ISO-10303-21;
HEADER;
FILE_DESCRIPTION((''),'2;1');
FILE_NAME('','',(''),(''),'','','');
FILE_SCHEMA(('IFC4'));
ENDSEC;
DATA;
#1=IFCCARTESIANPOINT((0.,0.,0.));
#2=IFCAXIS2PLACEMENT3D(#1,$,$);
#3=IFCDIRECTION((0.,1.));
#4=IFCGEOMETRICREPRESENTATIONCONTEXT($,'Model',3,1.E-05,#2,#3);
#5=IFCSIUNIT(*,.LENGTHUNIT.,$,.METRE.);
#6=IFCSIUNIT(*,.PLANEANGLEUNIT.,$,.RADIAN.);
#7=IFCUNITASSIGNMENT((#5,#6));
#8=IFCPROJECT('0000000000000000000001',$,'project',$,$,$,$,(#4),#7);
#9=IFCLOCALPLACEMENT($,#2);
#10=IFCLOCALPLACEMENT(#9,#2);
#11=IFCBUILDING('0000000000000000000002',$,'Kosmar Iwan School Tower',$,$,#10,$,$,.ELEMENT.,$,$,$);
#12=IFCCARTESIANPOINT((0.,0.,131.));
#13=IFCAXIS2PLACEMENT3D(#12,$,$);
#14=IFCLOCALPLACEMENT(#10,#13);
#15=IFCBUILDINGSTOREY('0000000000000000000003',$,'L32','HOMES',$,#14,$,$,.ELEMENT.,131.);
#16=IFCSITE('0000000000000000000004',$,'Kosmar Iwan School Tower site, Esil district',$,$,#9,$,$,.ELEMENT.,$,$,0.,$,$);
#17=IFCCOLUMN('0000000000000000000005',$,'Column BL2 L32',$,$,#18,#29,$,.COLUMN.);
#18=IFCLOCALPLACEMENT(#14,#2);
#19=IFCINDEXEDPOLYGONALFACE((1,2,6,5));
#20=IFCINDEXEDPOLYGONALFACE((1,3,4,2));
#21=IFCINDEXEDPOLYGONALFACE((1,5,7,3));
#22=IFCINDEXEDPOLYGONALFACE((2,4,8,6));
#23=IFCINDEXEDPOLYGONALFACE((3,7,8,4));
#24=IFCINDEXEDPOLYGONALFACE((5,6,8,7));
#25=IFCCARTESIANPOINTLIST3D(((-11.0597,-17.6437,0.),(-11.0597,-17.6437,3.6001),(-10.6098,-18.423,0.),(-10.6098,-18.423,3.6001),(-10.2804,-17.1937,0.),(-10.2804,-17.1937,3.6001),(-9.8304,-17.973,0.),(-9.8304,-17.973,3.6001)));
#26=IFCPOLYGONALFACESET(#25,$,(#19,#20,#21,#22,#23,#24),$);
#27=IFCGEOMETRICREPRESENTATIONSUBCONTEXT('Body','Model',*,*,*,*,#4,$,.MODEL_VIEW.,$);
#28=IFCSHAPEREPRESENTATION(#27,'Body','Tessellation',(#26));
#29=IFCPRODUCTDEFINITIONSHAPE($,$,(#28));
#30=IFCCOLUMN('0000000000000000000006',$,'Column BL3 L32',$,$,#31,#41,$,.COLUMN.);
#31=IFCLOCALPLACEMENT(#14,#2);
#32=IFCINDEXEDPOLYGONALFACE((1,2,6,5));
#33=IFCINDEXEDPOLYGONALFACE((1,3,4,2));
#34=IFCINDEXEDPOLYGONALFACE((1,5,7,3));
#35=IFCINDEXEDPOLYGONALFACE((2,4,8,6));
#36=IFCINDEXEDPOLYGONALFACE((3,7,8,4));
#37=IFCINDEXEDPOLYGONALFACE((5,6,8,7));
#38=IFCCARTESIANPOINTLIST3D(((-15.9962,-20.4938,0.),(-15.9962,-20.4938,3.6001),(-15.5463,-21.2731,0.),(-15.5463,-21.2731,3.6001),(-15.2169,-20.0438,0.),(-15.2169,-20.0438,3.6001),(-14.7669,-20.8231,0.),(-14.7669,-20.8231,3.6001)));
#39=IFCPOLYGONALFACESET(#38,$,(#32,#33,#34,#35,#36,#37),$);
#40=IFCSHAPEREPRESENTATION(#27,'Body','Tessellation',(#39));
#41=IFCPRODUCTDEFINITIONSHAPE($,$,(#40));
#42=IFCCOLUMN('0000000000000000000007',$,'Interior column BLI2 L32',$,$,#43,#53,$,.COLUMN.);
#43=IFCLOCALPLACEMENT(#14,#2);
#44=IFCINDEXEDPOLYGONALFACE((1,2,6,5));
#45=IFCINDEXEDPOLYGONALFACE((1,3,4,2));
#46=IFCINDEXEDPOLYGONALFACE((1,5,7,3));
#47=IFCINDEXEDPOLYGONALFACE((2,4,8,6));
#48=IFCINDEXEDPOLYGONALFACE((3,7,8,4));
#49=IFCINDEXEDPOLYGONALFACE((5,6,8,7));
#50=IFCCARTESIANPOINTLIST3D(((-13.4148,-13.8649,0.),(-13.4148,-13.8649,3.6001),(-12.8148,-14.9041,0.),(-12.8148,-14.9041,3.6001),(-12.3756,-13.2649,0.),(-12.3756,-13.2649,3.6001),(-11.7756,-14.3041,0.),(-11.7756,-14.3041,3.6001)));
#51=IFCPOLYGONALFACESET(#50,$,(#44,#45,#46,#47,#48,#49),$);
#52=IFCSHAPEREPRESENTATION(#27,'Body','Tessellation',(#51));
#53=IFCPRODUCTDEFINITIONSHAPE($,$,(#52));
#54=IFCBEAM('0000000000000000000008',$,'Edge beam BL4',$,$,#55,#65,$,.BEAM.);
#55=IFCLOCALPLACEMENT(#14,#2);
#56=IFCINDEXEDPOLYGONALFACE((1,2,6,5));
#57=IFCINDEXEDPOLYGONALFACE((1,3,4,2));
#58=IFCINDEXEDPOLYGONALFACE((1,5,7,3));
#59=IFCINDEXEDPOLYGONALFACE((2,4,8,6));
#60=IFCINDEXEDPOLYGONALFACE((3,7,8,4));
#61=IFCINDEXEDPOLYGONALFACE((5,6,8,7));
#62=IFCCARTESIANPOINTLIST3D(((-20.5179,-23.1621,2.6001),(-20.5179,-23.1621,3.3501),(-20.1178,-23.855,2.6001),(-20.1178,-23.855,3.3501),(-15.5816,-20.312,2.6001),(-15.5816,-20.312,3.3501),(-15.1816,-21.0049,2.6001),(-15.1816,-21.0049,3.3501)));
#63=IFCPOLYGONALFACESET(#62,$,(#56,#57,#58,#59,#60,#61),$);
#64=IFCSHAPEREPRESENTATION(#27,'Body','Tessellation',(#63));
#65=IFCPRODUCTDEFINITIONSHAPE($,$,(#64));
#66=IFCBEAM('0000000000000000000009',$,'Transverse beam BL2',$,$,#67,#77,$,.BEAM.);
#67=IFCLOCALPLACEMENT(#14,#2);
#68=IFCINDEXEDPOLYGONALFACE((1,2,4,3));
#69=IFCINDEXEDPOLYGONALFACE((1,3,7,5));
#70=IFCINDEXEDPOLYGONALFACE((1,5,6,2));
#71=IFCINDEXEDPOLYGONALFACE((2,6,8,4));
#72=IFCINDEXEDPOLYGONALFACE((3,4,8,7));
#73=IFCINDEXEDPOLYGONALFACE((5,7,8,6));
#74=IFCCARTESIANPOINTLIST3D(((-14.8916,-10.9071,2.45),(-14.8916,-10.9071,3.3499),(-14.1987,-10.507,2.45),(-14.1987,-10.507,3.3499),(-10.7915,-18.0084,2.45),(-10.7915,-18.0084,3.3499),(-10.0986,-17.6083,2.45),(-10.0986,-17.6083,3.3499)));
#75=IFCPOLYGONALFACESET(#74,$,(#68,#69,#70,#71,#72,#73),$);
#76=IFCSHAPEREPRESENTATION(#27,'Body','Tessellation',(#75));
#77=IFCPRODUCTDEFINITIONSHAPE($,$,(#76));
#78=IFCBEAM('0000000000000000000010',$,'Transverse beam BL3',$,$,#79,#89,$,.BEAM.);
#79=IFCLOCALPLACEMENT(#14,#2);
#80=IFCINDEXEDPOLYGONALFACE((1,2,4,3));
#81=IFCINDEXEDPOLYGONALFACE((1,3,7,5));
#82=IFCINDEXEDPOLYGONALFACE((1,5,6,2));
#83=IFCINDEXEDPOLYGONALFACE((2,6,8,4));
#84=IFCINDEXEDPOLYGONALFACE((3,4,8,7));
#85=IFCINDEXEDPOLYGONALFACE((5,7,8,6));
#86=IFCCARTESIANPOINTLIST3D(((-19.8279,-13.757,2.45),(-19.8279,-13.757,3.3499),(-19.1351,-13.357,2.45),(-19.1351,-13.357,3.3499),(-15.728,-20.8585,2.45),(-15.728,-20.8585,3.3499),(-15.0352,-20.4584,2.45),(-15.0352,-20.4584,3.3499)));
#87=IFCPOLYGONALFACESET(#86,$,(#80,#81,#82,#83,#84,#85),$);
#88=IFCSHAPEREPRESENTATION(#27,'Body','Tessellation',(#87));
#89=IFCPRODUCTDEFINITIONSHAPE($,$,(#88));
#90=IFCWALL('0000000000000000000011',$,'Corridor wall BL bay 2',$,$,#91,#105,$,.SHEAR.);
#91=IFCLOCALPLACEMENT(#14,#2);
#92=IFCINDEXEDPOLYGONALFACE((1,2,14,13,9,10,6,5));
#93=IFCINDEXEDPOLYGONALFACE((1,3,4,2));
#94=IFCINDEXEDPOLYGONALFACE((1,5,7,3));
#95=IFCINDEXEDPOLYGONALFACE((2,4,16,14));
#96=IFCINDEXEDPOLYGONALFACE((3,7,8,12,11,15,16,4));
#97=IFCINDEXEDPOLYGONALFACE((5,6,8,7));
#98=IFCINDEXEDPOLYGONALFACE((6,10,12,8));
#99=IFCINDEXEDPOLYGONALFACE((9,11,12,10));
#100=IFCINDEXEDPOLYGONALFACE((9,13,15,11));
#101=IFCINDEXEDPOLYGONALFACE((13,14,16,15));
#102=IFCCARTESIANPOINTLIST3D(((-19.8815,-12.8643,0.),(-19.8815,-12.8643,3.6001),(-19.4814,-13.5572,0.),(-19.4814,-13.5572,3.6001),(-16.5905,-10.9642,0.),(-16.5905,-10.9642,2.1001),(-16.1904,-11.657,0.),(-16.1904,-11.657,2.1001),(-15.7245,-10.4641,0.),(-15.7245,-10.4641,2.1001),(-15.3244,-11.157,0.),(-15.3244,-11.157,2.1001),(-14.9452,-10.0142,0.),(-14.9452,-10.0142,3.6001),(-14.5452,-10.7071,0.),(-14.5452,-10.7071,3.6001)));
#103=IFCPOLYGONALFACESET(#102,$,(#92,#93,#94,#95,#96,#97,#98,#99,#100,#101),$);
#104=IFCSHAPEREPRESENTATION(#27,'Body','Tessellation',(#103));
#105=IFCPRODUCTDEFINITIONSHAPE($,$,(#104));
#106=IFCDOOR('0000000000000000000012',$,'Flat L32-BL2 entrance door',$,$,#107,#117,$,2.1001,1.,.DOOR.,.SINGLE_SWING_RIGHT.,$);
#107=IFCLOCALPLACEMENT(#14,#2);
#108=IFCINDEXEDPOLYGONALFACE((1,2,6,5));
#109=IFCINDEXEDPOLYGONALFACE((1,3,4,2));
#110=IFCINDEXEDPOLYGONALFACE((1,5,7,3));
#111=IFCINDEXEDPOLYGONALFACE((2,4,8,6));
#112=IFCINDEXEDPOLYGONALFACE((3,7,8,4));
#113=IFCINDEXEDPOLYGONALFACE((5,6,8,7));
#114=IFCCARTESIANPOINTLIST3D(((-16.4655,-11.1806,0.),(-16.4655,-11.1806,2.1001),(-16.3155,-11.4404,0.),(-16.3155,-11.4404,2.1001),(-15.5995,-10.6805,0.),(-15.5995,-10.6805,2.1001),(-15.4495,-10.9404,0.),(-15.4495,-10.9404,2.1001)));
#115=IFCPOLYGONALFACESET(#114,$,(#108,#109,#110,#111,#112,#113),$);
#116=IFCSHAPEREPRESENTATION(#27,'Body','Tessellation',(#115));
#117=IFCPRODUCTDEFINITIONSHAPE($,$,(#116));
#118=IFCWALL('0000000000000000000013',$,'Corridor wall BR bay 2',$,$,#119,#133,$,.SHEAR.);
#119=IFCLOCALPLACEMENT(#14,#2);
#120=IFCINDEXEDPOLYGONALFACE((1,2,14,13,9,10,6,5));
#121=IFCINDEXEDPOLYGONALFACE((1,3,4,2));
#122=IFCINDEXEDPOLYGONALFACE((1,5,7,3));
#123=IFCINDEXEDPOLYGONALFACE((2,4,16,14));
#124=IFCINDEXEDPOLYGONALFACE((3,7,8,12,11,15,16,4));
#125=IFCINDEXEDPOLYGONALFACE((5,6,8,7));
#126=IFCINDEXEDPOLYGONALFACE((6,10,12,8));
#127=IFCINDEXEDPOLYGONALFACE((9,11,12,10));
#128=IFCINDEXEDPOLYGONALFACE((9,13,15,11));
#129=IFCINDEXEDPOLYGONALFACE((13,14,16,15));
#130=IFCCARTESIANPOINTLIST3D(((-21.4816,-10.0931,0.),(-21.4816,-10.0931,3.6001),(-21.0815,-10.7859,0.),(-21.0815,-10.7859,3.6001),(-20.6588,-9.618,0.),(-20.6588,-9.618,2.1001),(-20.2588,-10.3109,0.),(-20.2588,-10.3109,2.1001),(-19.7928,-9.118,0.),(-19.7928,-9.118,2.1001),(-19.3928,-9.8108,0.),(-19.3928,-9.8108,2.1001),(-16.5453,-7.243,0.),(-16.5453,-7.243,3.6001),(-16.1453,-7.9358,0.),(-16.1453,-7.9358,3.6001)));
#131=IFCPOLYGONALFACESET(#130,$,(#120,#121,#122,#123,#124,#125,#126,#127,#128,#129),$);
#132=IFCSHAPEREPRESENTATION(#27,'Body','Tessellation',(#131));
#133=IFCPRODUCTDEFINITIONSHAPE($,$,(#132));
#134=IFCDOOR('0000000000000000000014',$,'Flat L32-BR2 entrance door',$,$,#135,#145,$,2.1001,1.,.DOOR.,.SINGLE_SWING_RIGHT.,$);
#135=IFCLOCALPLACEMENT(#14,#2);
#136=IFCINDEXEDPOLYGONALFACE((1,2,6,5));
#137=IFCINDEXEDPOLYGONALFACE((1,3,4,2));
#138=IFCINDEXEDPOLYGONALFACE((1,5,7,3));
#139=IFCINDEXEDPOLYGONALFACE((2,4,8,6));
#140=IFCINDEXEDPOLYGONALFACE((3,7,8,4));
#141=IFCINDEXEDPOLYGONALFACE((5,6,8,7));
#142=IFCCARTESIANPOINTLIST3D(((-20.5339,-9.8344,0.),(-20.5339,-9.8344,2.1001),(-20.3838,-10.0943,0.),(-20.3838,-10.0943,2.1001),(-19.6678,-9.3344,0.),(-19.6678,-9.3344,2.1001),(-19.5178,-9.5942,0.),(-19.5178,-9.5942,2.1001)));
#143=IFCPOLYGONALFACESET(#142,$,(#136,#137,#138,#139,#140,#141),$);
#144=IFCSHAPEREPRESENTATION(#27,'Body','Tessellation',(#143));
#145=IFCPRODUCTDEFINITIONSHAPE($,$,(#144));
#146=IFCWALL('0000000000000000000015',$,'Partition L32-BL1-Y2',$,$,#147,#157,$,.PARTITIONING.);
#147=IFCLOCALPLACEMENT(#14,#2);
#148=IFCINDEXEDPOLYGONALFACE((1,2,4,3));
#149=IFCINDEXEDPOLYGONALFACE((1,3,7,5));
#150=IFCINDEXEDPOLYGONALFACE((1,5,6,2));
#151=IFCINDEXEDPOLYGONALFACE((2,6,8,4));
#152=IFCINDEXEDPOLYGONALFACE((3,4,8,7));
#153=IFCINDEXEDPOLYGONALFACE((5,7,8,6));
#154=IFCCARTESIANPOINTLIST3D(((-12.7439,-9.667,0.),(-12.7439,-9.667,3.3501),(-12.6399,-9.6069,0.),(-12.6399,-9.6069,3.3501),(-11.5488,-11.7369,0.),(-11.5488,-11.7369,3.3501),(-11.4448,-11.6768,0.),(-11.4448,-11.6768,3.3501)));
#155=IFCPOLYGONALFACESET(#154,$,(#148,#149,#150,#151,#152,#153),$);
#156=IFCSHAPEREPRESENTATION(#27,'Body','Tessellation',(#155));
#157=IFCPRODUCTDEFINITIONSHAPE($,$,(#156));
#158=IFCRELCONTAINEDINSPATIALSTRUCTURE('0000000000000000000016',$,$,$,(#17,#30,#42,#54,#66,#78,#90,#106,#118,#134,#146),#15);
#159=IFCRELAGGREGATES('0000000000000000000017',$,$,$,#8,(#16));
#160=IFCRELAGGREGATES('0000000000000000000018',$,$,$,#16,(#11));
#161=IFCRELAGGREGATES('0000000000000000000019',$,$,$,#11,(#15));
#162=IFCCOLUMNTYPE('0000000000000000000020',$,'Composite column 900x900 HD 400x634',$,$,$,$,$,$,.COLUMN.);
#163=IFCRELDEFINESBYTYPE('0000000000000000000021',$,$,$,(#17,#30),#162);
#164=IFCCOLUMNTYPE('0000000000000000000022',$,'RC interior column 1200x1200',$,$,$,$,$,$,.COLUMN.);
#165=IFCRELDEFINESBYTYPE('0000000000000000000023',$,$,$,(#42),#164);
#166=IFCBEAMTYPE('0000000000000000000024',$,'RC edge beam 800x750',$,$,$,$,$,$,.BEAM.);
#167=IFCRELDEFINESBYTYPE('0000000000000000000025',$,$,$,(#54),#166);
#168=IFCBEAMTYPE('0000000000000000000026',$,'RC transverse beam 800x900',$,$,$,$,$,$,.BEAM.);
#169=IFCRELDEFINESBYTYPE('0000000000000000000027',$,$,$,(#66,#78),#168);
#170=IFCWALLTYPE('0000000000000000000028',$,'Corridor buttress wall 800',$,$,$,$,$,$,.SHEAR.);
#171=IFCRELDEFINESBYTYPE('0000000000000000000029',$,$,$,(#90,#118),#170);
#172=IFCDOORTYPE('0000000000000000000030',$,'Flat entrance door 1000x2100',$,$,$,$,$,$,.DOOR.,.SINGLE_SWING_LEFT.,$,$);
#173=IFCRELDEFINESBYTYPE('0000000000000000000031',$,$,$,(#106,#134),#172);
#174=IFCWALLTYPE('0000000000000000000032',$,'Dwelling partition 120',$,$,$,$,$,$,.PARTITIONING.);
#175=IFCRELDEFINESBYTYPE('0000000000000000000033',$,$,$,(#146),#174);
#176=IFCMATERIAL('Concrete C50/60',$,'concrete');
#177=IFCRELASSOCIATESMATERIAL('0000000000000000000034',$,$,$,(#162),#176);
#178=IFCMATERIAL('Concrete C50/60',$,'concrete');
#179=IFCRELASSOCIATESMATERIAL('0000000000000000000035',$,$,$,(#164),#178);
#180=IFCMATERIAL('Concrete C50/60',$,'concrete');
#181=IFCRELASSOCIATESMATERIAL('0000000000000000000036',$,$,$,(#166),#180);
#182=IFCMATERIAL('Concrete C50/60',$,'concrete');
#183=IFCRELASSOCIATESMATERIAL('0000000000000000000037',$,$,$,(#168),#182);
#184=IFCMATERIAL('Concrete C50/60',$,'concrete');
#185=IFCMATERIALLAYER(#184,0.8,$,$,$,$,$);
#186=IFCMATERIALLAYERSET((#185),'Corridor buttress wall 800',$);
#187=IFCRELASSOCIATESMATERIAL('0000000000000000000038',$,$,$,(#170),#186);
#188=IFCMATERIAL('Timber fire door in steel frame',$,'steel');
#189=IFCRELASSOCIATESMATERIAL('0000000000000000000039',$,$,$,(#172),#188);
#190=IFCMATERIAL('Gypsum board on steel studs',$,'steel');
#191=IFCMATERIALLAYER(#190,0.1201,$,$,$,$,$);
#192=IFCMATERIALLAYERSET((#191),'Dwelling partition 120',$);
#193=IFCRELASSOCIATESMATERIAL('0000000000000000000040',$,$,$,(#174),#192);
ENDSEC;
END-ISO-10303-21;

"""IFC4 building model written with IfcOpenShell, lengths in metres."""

from ifc_helpers import new_model, si_unit, direction, frame, frame_2d, origin, origin_2d, place, context, subcontext, project, spatial, rectangle, extrude, material, layer, layer_set, material_profile, profile_set, type_object, element, fill, save


model = new_model("IFC4")

# Units and contexts
model_context = context("Model", 3, precision=1e-05, world=origin(), true_north=direction((0.0, 1.0)))
body_context = subcontext(model_context, "Body", "Model", "MODEL_VIEW")
ifc_project = project(units=[si_unit("LENGTHUNIT", "METRE"), si_unit("PLANEANGLEUNIT", "RADIAN")], contexts=[model_context])

# Site, building, storey
site_placement = place(None, origin())
site = spatial("IfcSite", under=ifc_project, at=site_placement, Name="Kosmar Iwan School Tower site, Esil district", CompositionType="ELEMENT", RefElevation=0.0)
building_placement = place(site_placement, origin())
building = spatial("IfcBuilding", under=site, at=building_placement, Name="Kosmar Iwan School Tower", CompositionType="ELEMENT")
storey_placement = place(building_placement, frame((0.0, 0.0, 131.0)))
storey = spatial("IfcBuildingStorey", under=building, at=storey_placement, Name="L32", Description="HOMES", CompositionType="ELEMENT", Elevation=131.0)

# Columns
ifc_material_1 = material(Name="Concrete C50/60", Category="concrete")
ifc_material_profile_1 = material_profile(ifc_material_1, rectangle(XDim=0.8999, YDim=0.8999, at=origin_2d()), Name="RC 900x900 + HD 400x634")
ifc_profile_set_1 = profile_set([ifc_material_profile_1], Name="Concrete C50/60")
column_type_1 = type_object("IfcColumnType", Name="Composite column 900x900 HD 400x634", PredefinedType="COLUMN", material=ifc_profile_set_1)
for number, where, z_axis, x_axis, name in (
    (1, (-10.4451, -17.8083, 0.0), (0.0, 0.0, 1.0), (-0.866025, -0.5, 0.0), "Column BL2 L32"),
    (2, (-15.3816, -20.6584, 0.0), (0.0, 0.0, 1.0), (-0.866025, -0.5, 0.0), "Column BL3 L32"),
):
    element("IfcColumn", number, at=place(storey_placement, frame(where, z_axis=z_axis, x_axis=x_axis)), inside=storey, type_object=column_type_1, Name=name, PredefinedType="COLUMN", context=body_context, shape_type="SweptSolid", body=[
        extrude(rectangle(XDim=0.8999, YDim=0.8999, at=origin_2d()), origin(), (0.0, 0.0, 1.0), 3.6001),
    ])
ifc_material_2 = material(Name="Concrete C50/60", Category="concrete")
ifc_material_profile_2 = material_profile(ifc_material_2, rectangle(XDim=1.2, YDim=1.2, at=origin_2d()), Name="RC 1200x1200")
ifc_profile_set_2 = profile_set([ifc_material_profile_2], Name="Concrete C50/60")
column_type_2 = type_object("IfcColumnType", Name="RC interior column 1200x1200", PredefinedType="COLUMN", material=ifc_profile_set_2)
column_placement = place(storey_placement, frame((-12.5952, -14.0845, 0.0), z_axis=(0.0, 0.0, 1.0), x_axis=(-0.866025, -0.5, 0.0)))
element("IfcColumn", 3, at=column_placement, inside=storey, type_object=column_type_2, Name="Interior column BLI2 L32", PredefinedType="COLUMN", context=body_context, shape_type="SweptSolid", body=[
    extrude(rectangle(XDim=1.2, YDim=1.2, at=origin_2d()), origin(), (0.0, 0.0, 1.0), 3.6001),
])

# Beams
ifc_material_3 = material(Name="Concrete C50/60", Category="concrete")
ifc_material_profile_3 = material_profile(ifc_material_3, rectangle(XDim=0.8, YDim=0.75, at=origin_2d()), Name="RC 800x750")
ifc_profile_set_3 = profile_set([ifc_material_profile_3], Name="Concrete C50/60")
beam_type_1 = type_object("IfcBeamType", Name="RC edge beam 800x750", PredefinedType="BEAM", material=ifc_profile_set_3)
beam_placement = place(storey_placement, frame((-15.3816, -20.6584, 2.9751), z_axis=(-0.866015, -0.500018, 0.0), x_axis=(0.500018, -0.866015, 0.0)))
element("IfcBeam", 4, at=beam_placement, inside=storey, type_object=beam_type_1, Name="Edge beam BL4", PredefinedType="BEAM", context=body_context, shape_type="SweptSolid", body=[
    extrude(rectangle(XDim=0.8, YDim=0.75, at=origin_2d()), origin(), (0.0, 0.0, 1.0), 5.7),
])
ifc_material_4 = material(Name="Concrete C50/60", Category="concrete")
ifc_material_profile_4 = material_profile(ifc_material_4, rectangle(XDim=0.8, YDim=0.8999, at=origin_2d()), Name="RC 800x900")
ifc_profile_set_4 = profile_set([ifc_material_profile_4], Name="Concrete C50/60")
beam_type_2 = type_object("IfcBeamType", Name="RC transverse beam 800x900", PredefinedType="BEAM", material=ifc_profile_set_4)
for number, where, z_axis, x_axis, name in (
    (5, (-10.4451, -17.8083, 2.8999), (-0.500014, 0.866018, 0.0), (-0.866018, -0.500014, 0.0), "Transverse beam BL2"),
    (6, (-15.3816, -20.6584, 2.8999), (-0.499991, 0.86603, 0.0), (-0.86603, -0.499991, 0.0), "Transverse beam BL3"),
):
    element("IfcBeam", number, at=place(storey_placement, frame(where, z_axis=z_axis, x_axis=x_axis)), inside=storey, type_object=beam_type_2, Name=name, PredefinedType="BEAM", context=body_context, shape_type="SweptSolid", body=[
        extrude(rectangle(XDim=0.8, YDim=0.8999, at=origin_2d()), origin(), (0.0, 0.0, 1.0), 8.2),
    ])

# Walls, openings, doors
ifc_material_5 = material(Name="Concrete C50/60", Category="concrete")
ifc_layer_1 = layer(ifc_material_5, 0.8)
ifc_layer_set_1 = layer_set([ifc_layer_1], Name="Corridor buttress wall 800")
wall_type_1 = type_object("IfcWallType", Name="Corridor buttress wall 800", PredefinedType="SHEAR", material=ifc_layer_set_1)
wall_1_placement = place(storey_placement, frame((-14.7451, -10.3606, 0.0), z_axis=(0.0, 0.0, 1.0), x_axis=(-0.866015, -0.500018, 0.0)))
wall_1 = element("IfcWall", 7, at=wall_1_placement, inside=storey, type_object=wall_type_1, Name="Corridor wall BL bay 2", PredefinedType="SHEAR", context=body_context, shape_type="SweptSolid", body=[
    extrude(rectangle(XDim=5.7, YDim=0.8, at=frame_2d((2.8501, 0.0))), origin(), (0.0, 0.0, 1.0), 3.6001),
])
opening_1_placement = place(wall_1_placement, frame((0.8999, 0.0, 0.0)))
opening_1 = element("IfcOpeningElement", 8, at=opening_1_placement, cuts=wall_1, PredefinedType="OPENING", context=body_context, shape_type="SweptSolid", body=[
    extrude(rectangle(XDim=1.0, YDim=2.1001, at=frame_2d((0.5, 1.05))), frame((0.0, 0.4121, 0.0), z_axis=(0.0, -1.0, 0.0), x_axis=(1.0, 0.0, 0.0)), (0.0, 0.0, 1.0), 0.824),
])
ifc_material_6 = material(Name="Timber fire door in steel frame", Category="steel")
door_type_1 = type_object("IfcDoorType", Name="Flat entrance door 1000x2100", OperationType="SINGLE_SWING_LEFT", PredefinedType="DOOR", material=ifc_material_6)
door_1_placement = place(opening_1_placement, origin())
door_1 = element("IfcDoor", 9, at=door_1_placement, inside=storey, type_object=door_type_1, Name="Flat L32-BL2 entrance door", OperationType="SINGLE_SWING_RIGHT", OverallHeight=2.1001, OverallWidth=1.0, PredefinedType="DOOR", context=body_context, shape_type="SweptSolid", body=[
    extrude(rectangle(XDim=1.0, YDim=2.1001, at=frame_2d((0.5, 1.05))), frame((0.0, 0.1499, 0.0), z_axis=(0.0, -1.0, 0.0), x_axis=(1.0, 0.0, 0.0)), (0.0, 0.0, 1.0), 0.3),
])
fill(opening_1, door_1)
wall_2_placement = place(storey_placement, frame((-16.3452, -7.5894, 0.0), z_axis=(0.0, 0.0, 1.0), x_axis=(-0.866015, -0.500018, 0.0)))
wall_2 = element("IfcWall", 10, at=wall_2_placement, inside=storey, type_object=wall_type_1, Name="Corridor wall BR bay 2", PredefinedType="SHEAR", context=body_context, shape_type="SweptSolid", body=[
    extrude(rectangle(XDim=5.7, YDim=0.8, at=frame_2d((2.8501, 0.0))), origin(), (0.0, 0.0, 1.0), 3.6001),
])
opening_2_placement = place(wall_2_placement, frame((3.75, 0.0, 0.0)))
opening_2 = element("IfcOpeningElement", 11, at=opening_2_placement, cuts=wall_2, PredefinedType="OPENING", context=body_context, shape_type="SweptSolid", body=[
    extrude(rectangle(XDim=1.0, YDim=2.1001, at=frame_2d((0.5, 1.05))), frame((0.0, 0.4121, 0.0), z_axis=(0.0, -1.0, 0.0), x_axis=(1.0, 0.0, 0.0)), (0.0, 0.0, 1.0), 0.824),
])
door_2_placement = place(opening_2_placement, origin())
door_2 = element("IfcDoor", 12, at=door_2_placement, inside=storey, type_object=door_type_1, Name="Flat L32-BR2 entrance door", OperationType="SINGLE_SWING_RIGHT", OverallHeight=2.1001, OverallWidth=1.0, PredefinedType="DOOR", context=body_context, shape_type="SweptSolid", body=[
    extrude(rectangle(XDim=1.0, YDim=2.1001, at=frame_2d((0.5, 1.05))), frame((0.0, 0.1499, 0.0), z_axis=(0.0, -1.0, 0.0), x_axis=(1.0, 0.0, 0.0)), (0.0, 0.0, 1.0), 0.3),
])
fill(opening_2, door_2)

# Wall
ifc_material_7 = material(Name="Gypsum board on steel studs", Category="steel")
ifc_layer_2 = layer(ifc_material_7, 0.1201)
ifc_layer_set_2 = layer_set([ifc_layer_2], Name="Dwelling partition 120")
wall_type_2 = type_object("IfcWallType", Name="Dwelling partition 120", PredefinedType="PARTITIONING", material=ifc_layer_set_2)
wall_3_placement = place(storey_placement, frame((-12.6919, -9.637, 0.0), z_axis=(0.0, 0.0, 1.0), x_axis=(0.500017, -0.866015, 0.0)))
element("IfcWall", 13, at=wall_3_placement, inside=storey, type_object=wall_type_2, Name="Partition L32-BL1-Y2", PredefinedType="PARTITIONING", context=body_context, shape_type="SweptSolid", body=[
    extrude(rectangle(XDim=2.3901, YDim=0.1201, at=frame_2d((1.1951, 0.0))), origin(), (0.0, 0.0, 1.0), 3.3501),
])

save(model, "model.ifc")
